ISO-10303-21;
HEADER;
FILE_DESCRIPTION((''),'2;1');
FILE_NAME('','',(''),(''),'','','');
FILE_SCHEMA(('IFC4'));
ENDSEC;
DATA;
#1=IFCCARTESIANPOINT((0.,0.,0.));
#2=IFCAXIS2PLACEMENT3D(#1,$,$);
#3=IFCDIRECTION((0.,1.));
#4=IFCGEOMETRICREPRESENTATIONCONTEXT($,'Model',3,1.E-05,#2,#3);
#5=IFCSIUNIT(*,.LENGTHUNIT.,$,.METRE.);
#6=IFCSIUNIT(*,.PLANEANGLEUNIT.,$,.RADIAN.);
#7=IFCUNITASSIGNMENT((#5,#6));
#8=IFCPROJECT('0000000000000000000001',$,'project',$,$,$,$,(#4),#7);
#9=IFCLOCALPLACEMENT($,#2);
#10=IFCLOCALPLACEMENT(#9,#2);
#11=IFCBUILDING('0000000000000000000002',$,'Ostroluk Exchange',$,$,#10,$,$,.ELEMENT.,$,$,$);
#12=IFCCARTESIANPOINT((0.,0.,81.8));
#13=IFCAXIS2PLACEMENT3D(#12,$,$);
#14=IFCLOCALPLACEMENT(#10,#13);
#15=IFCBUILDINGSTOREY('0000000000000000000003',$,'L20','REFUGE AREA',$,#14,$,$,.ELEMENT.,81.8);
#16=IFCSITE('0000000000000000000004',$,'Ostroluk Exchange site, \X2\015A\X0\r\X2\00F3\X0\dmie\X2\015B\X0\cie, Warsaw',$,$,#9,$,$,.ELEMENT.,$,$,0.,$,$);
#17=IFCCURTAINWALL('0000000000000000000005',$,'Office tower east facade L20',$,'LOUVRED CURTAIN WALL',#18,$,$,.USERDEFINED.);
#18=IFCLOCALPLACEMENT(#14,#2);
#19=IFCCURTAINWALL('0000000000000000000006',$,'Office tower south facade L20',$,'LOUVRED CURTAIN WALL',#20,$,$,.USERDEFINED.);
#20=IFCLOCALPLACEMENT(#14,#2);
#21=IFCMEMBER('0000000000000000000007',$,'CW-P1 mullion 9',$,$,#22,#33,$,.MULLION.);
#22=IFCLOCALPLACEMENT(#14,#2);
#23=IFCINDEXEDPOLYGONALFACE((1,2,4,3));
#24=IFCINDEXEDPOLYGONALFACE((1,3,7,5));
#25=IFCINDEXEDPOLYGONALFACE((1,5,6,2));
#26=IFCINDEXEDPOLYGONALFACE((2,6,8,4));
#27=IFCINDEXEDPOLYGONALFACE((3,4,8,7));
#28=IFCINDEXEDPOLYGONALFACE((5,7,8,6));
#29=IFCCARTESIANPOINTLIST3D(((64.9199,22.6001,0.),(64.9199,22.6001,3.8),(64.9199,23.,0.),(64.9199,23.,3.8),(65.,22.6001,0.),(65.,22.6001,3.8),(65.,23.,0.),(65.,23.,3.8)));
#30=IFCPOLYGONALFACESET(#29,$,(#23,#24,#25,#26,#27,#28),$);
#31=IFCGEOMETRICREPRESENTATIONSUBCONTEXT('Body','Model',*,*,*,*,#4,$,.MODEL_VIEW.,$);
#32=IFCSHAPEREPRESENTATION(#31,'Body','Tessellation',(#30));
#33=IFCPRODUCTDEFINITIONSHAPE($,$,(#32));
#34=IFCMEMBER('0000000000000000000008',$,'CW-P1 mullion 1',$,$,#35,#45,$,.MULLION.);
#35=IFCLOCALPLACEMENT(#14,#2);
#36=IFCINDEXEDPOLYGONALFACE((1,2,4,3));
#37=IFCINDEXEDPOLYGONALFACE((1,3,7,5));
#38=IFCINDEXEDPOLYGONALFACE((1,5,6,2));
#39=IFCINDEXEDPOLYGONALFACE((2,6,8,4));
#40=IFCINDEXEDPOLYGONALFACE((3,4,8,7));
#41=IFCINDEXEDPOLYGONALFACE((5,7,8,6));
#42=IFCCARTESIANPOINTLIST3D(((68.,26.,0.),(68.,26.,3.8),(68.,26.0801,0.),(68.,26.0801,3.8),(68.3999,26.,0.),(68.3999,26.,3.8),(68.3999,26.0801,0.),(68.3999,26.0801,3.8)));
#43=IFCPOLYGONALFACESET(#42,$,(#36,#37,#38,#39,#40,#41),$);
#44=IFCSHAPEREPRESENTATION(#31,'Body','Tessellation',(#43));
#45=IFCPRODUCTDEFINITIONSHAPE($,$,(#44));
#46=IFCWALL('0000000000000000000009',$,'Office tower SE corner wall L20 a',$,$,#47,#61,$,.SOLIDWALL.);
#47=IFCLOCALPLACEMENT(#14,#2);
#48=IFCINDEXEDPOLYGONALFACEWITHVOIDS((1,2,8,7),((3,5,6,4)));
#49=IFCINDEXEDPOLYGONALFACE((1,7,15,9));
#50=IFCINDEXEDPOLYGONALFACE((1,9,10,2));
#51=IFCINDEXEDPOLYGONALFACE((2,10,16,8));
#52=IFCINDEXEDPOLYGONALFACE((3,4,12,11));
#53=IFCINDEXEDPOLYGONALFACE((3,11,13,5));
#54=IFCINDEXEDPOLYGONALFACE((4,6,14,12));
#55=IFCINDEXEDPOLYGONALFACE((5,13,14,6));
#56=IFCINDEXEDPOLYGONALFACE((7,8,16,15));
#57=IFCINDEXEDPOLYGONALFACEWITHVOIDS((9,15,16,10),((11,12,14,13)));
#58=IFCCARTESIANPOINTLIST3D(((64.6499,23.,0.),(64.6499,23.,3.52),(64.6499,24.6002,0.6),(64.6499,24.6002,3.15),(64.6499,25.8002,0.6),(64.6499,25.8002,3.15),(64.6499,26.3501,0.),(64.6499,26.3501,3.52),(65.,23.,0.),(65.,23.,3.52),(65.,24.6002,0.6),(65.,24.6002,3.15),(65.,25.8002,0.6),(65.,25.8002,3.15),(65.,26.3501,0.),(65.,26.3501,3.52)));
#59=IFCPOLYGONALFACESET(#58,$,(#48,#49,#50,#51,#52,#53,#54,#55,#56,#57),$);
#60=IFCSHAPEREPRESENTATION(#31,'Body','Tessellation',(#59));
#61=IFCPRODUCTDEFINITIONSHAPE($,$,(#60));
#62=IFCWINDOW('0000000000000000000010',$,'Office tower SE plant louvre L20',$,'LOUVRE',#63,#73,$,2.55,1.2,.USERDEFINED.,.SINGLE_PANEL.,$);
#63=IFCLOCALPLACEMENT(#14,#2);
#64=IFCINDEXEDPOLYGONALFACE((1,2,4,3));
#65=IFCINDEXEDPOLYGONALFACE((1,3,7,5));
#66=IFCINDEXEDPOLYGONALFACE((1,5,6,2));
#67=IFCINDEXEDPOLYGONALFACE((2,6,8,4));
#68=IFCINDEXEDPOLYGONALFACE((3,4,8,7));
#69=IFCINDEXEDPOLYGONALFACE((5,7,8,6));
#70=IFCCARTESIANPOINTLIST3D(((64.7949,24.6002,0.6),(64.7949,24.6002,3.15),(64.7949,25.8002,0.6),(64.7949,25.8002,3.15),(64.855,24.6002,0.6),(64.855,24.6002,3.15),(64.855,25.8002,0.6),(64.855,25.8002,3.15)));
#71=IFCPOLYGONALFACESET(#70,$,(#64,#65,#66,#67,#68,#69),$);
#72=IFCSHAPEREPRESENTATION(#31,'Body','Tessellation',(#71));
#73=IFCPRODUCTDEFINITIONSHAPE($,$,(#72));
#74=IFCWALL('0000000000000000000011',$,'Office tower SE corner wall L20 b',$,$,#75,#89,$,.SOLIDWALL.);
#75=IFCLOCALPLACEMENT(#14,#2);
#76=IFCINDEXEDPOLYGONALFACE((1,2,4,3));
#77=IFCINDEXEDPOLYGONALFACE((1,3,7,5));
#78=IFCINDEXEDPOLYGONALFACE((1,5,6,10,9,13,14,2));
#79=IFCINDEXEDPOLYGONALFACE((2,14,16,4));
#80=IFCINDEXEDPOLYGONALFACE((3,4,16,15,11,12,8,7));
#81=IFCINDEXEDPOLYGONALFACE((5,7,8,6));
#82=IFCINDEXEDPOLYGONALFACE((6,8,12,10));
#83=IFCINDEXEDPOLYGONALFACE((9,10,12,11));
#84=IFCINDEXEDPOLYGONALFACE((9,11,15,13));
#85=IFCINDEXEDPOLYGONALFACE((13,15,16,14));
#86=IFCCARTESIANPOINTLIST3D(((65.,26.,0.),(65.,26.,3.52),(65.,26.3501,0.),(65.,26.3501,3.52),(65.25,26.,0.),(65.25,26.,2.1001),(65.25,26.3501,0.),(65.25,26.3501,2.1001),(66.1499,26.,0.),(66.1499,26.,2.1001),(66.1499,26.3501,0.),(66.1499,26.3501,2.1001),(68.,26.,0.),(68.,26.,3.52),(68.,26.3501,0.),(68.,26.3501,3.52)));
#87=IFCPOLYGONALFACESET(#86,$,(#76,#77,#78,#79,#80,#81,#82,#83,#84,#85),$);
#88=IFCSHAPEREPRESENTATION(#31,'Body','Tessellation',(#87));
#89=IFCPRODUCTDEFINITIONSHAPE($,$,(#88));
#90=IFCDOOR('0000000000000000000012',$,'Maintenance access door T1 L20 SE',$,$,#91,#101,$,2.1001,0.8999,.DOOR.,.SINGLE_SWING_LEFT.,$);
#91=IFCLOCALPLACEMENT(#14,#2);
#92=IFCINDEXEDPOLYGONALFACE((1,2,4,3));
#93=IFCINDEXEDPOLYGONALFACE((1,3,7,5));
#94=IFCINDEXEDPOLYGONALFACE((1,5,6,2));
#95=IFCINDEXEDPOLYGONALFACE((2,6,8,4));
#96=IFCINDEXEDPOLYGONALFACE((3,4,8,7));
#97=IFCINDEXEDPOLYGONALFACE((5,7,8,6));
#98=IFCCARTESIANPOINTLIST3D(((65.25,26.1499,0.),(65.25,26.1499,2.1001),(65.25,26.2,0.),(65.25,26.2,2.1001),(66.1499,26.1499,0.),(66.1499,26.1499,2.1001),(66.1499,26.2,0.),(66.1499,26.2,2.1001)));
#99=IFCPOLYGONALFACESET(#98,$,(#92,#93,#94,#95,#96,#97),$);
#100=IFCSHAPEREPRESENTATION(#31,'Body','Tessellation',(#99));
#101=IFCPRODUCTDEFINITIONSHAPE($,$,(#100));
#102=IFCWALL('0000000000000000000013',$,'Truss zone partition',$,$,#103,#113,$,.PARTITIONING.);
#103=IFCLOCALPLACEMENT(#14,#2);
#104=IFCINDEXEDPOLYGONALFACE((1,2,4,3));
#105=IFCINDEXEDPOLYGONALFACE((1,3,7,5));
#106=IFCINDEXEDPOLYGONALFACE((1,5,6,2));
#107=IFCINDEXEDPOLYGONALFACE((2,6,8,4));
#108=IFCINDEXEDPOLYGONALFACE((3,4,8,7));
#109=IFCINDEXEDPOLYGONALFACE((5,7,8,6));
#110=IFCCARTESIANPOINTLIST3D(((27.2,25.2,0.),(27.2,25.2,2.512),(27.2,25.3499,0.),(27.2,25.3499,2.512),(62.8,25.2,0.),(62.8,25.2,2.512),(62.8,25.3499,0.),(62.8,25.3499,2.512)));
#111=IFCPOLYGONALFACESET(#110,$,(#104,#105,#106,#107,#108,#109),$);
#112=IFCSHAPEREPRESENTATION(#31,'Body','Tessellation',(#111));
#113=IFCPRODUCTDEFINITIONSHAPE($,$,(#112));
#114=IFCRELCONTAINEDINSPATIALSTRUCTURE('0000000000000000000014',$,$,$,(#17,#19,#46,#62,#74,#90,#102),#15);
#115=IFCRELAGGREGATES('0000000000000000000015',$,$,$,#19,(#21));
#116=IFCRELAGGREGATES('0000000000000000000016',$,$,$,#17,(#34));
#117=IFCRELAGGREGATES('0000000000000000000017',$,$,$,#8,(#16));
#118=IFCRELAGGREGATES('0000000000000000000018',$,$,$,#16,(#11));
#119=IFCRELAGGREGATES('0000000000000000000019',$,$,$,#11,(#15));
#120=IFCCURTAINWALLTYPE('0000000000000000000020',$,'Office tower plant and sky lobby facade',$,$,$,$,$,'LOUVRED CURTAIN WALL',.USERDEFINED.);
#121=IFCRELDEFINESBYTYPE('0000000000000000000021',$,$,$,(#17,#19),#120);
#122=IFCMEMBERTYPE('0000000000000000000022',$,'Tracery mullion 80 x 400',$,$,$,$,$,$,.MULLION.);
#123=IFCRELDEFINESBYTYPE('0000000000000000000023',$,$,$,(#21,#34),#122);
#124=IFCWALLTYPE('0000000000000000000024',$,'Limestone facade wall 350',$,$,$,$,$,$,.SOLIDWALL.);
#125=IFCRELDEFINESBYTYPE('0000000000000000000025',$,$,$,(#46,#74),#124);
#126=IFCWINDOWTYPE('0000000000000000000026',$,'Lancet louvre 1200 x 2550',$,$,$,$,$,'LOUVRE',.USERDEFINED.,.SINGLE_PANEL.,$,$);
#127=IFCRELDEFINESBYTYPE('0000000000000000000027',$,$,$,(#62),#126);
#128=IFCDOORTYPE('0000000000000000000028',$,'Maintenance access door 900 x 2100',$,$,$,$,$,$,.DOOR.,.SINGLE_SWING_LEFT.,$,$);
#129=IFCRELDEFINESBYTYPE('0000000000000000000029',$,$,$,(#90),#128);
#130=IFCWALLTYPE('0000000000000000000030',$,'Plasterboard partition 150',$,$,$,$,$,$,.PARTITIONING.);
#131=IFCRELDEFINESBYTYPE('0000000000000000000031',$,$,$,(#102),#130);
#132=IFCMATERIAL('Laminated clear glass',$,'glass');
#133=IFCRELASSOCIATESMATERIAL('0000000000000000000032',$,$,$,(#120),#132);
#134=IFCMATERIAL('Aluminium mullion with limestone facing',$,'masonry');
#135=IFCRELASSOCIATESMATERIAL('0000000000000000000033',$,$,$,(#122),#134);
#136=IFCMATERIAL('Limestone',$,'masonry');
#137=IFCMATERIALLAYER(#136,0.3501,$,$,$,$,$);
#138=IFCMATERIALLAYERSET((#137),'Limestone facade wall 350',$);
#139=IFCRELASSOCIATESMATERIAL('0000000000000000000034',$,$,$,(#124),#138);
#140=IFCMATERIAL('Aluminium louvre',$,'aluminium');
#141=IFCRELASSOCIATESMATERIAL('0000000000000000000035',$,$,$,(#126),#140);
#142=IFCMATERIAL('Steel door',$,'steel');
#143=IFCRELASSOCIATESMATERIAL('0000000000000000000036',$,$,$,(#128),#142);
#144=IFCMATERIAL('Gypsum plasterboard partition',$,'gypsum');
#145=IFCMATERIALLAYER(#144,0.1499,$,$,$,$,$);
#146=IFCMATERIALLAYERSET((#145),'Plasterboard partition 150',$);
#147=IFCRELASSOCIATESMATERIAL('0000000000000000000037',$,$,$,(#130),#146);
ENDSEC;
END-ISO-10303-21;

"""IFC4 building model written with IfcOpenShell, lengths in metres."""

from ifc_helpers import new_model, si_unit, direction, frame, frame_2d, origin, origin_2d, place, context, subcontext, project, spatial, rectangle, extrude, material, layer, layer_set, material_profile, profile_set, type_object, element, fill, aggregate, save


model = new_model("IFC4")

# Units and contexts
model_context = context("Model", 3, precision=1e-05, world=origin(), true_north=direction((0.0, 1.0)))
body_context = subcontext(model_context, "Body", "Model", "MODEL_VIEW")
ifc_project = project(units=[si_unit("LENGTHUNIT", "METRE"), si_unit("PLANEANGLEUNIT", "RADIAN")], contexts=[model_context])

# Site, building, storey
site_placement = place(None, origin())
site = spatial("IfcSite", under=ifc_project, at=site_placement, Name="Ostroluk Exchange site, Śródmieście, Warsaw", CompositionType="ELEMENT", RefElevation=0.0)
building_placement = place(site_placement, origin())
building = spatial("IfcBuilding", under=site, at=building_placement, Name="Ostroluk Exchange", CompositionType="ELEMENT")
storey_placement = place(building_placement, frame((0.0, 0.0, 81.8)))
storey = spatial("IfcBuildingStorey", under=building, at=storey_placement, Name="L20", Description="REFUGE AREA", CompositionType="ELEMENT", Elevation=81.8)

# Curtain walls, member
ifc_material_1 = material(Name="Laminated clear glass", Category="glass")
curtain_wall_type = type_object("IfcCurtainWallType", Name="Office tower plant and sky lobby facade", ElementType="LOUVRED CURTAIN WALL", PredefinedType="USERDEFINED", material=ifc_material_1)
curtain_wall_1_placement = place(storey_placement, origin())
curtain_wall_1 = element("IfcCurtainWall", 1, at=curtain_wall_1_placement, inside=storey, type_object=curtain_wall_type, Name="Office tower east facade L20", ObjectType="LOUVRED CURTAIN WALL", PredefinedType="USERDEFINED")
curtain_wall_2_placement = place(storey_placement, origin())
curtain_wall_2 = element("IfcCurtainWall", 2, at=curtain_wall_2_placement, inside=storey, type_object=curtain_wall_type, Name="Office tower south facade L20", ObjectType="LOUVRED CURTAIN WALL", PredefinedType="USERDEFINED")
ifc_material_2 = material(Name="Aluminium mullion with limestone facing", Category="masonry")
ifc_material_profile_1 = material_profile(ifc_material_2, rectangle(XDim=0.3999, YDim=0.0801, at=origin_2d()), Name="Tracery mullion 80 x 400")
ifc_profile_set_1 = profile_set([ifc_material_profile_1], Name="Aluminium mullion with limestone facing")
member_type_1 = type_object("IfcMemberType", Name="Tracery mullion 80 x 400", PredefinedType="MULLION", material=ifc_profile_set_1)
member_1_placement = place(storey_placement, frame((64.96, 22.8, 0.0), z_axis=(0.0, 0.0, 1.0), x_axis=(0.0, 1.0, 0.0)))
member_1 = element("IfcMember", 3, at=member_1_placement, type_object=member_type_1, Name="CW-P1 mullion 9", PredefinedType="MULLION", context=body_context, shape_type="SweptSolid", body=[
    extrude(rectangle(XDim=0.3999, YDim=0.0801, at=origin_2d()), origin(), (0.0, 0.0, 1.0), 3.8),
])
aggregate(curtain_wall_2, [member_1])

# Member
member_2_placement = place(storey_placement, frame((68.2, 26.04, 0.0), z_axis=(0.0, 0.0, 1.0), x_axis=(-1.0, 0.0, 0.0)))
member_2 = element("IfcMember", 4, at=member_2_placement, type_object=member_type_1, Name="CW-P1 mullion 1", PredefinedType="MULLION", context=body_context, shape_type="SweptSolid", body=[
    extrude(rectangle(XDim=0.3999, YDim=0.0801, at=origin_2d()), origin(), (0.0, 0.0, 1.0), 3.8),
])
aggregate(curtain_wall_1, [member_2])

# Wall, opening, window
ifc_material_3 = material(Name="Limestone", Category="masonry")
ifc_layer_1 = layer(ifc_material_3, 0.3501)
ifc_layer_set_1 = layer_set([ifc_layer_1], Name="Limestone facade wall 350")
wall_type_1 = type_object("IfcWallType", Name="Limestone facade wall 350", PredefinedType="SOLIDWALL", material=ifc_layer_set_1)
wall_1_placement = place(storey_placement, frame((64.825, 23.0, 0.0), z_axis=(0.0, 0.0, 1.0), x_axis=(0.0, 1.0, 0.0)))
wall_1 = element("IfcWall", 5, at=wall_1_placement, inside=storey, type_object=wall_type_1, Name="Office tower SE corner wall L20 a", PredefinedType="SOLIDWALL", context=body_context, shape_type="SweptSolid", body=[
    extrude(rectangle(XDim=3.3501, YDim=0.3501, at=frame_2d((1.675, 0.0))), origin(), (0.0, 0.0, 1.0), 3.52),
])
opening_1_placement = place(wall_1_placement, frame((1.6001, 0.0, 0.6001)))
opening_1 = element("IfcOpeningElement", 6, at=opening_1_placement, cuts=wall_1, PredefinedType="OPENING", context=body_context, shape_type="SweptSolid", body=[
    extrude(rectangle(XDim=1.2, YDim=2.55, at=frame_2d((0.6001, 1.2749))), frame((0.0, 0.1851, 0.0), z_axis=(0.0, -1.0, 0.0), x_axis=(1.0, 0.0, 0.0)), (0.0, 0.0, 1.0), 0.3701),
])
ifc_material_4 = material(Name="Aluminium louvre", Category="aluminium")
window_type = type_object("IfcWindowType", Name="Lancet louvre 1200 x 2550", ElementType="LOUVRE", PartitioningType="SINGLE_PANEL", PredefinedType="USERDEFINED", material=ifc_material_4)
window_placement = place(opening_1_placement, origin())
window = element("IfcWindow", 7, at=window_placement, inside=storey, type_object=window_type, Name="Office tower SE plant louvre L20", ObjectType="LOUVRE", OverallHeight=2.55, OverallWidth=1.2, PartitioningType="SINGLE_PANEL", PredefinedType="USERDEFINED", context=body_context, shape_type="SweptSolid", body=[
    extrude(rectangle(XDim=1.2, YDim=2.55, at=frame_2d((0.6001, 1.2749))), frame((0.0, 0.03, 0.0), z_axis=(0.0, -1.0, 0.0), x_axis=(1.0, 0.0, 0.0)), (0.0, 0.0, 1.0), 0.0601),
])
fill(opening_1, window)

# Wall, opening, door
wall_2_placement = place(storey_placement, frame((65.0, 26.175, 0.0), z_axis=(0.0, 0.0, 1.0), x_axis=(1.0, 0.0, 0.0)))
wall_2 = element("IfcWall", 8, at=wall_2_placement, inside=storey, type_object=wall_type_1, Name="Office tower SE corner wall L20 b", PredefinedType="SOLIDWALL", context=body_context, shape_type="SweptSolid", body=[
    extrude(rectangle(XDim=3.0, YDim=0.3501, at=frame_2d((1.5, 0.0))), origin(), (0.0, 0.0, 1.0), 3.52),
])
opening_2_placement = place(wall_2_placement, frame((0.25, 0.0, 0.0)))
opening_2 = element("IfcOpeningElement", 9, at=opening_2_placement, cuts=wall_2, PredefinedType="OPENING", context=body_context, shape_type="SweptSolid", body=[
    extrude(rectangle(XDim=0.8999, YDim=2.1001, at=frame_2d((0.45, 1.05))), frame((0.0, 0.1851, 0.0), z_axis=(0.0, -1.0, 0.0), x_axis=(1.0, 0.0, 0.0)), (0.0, 0.0, 1.0), 0.3701),
])
ifc_material_5 = material(Name="Steel door", Category="steel")
door_type = type_object("IfcDoorType", Name="Maintenance access door 900 x 2100", OperationType="SINGLE_SWING_LEFT", PredefinedType="DOOR", material=ifc_material_5)
door_placement = place(opening_2_placement, origin())
door = element("IfcDoor", 10, at=door_placement, inside=storey, type_object=door_type, Name="Maintenance access door T1 L20 SE", OperationType="SINGLE_SWING_LEFT", OverallHeight=2.1001, OverallWidth=0.8999, PredefinedType="DOOR", context=body_context, shape_type="SweptSolid", body=[
    extrude(rectangle(XDim=0.8999, YDim=2.1001, at=frame_2d((0.45, 1.05))), frame((0.0, 0.0249, 0.0), z_axis=(0.0, -1.0, 0.0), x_axis=(1.0, 0.0, 0.0)), (0.0, 0.0, 1.0), 0.05),
])
fill(opening_2, door)

# Wall
ifc_material_6 = material(Name="Gypsum plasterboard partition", Category="gypsum")
ifc_layer_2 = layer(ifc_material_6, 0.1499)
ifc_layer_set_2 = layer_set([ifc_layer_2], Name="Plasterboard partition 150")
wall_type_2 = type_object("IfcWallType", Name="Plasterboard partition 150", PredefinedType="PARTITIONING", material=ifc_layer_set_2)
wall_3_placement = place(storey_placement, frame((62.8, 25.2749, 0.0), z_axis=(0.0, 0.0, 1.0), x_axis=(-1.0, 0.0, 0.0)))
element("IfcWall", 11, at=wall_3_placement, inside=storey, type_object=wall_type_2, Name="Truss zone partition", PredefinedType="PARTITIONING", context=body_context, shape_type="SweptSolid", body=[
    extrude(rectangle(XDim=35.6001, YDim=0.1499, at=frame_2d((17.8, 0.0))), origin(), (0.0, 0.0, 1.0), 2.512),
])

save(model, "model.ifc")
